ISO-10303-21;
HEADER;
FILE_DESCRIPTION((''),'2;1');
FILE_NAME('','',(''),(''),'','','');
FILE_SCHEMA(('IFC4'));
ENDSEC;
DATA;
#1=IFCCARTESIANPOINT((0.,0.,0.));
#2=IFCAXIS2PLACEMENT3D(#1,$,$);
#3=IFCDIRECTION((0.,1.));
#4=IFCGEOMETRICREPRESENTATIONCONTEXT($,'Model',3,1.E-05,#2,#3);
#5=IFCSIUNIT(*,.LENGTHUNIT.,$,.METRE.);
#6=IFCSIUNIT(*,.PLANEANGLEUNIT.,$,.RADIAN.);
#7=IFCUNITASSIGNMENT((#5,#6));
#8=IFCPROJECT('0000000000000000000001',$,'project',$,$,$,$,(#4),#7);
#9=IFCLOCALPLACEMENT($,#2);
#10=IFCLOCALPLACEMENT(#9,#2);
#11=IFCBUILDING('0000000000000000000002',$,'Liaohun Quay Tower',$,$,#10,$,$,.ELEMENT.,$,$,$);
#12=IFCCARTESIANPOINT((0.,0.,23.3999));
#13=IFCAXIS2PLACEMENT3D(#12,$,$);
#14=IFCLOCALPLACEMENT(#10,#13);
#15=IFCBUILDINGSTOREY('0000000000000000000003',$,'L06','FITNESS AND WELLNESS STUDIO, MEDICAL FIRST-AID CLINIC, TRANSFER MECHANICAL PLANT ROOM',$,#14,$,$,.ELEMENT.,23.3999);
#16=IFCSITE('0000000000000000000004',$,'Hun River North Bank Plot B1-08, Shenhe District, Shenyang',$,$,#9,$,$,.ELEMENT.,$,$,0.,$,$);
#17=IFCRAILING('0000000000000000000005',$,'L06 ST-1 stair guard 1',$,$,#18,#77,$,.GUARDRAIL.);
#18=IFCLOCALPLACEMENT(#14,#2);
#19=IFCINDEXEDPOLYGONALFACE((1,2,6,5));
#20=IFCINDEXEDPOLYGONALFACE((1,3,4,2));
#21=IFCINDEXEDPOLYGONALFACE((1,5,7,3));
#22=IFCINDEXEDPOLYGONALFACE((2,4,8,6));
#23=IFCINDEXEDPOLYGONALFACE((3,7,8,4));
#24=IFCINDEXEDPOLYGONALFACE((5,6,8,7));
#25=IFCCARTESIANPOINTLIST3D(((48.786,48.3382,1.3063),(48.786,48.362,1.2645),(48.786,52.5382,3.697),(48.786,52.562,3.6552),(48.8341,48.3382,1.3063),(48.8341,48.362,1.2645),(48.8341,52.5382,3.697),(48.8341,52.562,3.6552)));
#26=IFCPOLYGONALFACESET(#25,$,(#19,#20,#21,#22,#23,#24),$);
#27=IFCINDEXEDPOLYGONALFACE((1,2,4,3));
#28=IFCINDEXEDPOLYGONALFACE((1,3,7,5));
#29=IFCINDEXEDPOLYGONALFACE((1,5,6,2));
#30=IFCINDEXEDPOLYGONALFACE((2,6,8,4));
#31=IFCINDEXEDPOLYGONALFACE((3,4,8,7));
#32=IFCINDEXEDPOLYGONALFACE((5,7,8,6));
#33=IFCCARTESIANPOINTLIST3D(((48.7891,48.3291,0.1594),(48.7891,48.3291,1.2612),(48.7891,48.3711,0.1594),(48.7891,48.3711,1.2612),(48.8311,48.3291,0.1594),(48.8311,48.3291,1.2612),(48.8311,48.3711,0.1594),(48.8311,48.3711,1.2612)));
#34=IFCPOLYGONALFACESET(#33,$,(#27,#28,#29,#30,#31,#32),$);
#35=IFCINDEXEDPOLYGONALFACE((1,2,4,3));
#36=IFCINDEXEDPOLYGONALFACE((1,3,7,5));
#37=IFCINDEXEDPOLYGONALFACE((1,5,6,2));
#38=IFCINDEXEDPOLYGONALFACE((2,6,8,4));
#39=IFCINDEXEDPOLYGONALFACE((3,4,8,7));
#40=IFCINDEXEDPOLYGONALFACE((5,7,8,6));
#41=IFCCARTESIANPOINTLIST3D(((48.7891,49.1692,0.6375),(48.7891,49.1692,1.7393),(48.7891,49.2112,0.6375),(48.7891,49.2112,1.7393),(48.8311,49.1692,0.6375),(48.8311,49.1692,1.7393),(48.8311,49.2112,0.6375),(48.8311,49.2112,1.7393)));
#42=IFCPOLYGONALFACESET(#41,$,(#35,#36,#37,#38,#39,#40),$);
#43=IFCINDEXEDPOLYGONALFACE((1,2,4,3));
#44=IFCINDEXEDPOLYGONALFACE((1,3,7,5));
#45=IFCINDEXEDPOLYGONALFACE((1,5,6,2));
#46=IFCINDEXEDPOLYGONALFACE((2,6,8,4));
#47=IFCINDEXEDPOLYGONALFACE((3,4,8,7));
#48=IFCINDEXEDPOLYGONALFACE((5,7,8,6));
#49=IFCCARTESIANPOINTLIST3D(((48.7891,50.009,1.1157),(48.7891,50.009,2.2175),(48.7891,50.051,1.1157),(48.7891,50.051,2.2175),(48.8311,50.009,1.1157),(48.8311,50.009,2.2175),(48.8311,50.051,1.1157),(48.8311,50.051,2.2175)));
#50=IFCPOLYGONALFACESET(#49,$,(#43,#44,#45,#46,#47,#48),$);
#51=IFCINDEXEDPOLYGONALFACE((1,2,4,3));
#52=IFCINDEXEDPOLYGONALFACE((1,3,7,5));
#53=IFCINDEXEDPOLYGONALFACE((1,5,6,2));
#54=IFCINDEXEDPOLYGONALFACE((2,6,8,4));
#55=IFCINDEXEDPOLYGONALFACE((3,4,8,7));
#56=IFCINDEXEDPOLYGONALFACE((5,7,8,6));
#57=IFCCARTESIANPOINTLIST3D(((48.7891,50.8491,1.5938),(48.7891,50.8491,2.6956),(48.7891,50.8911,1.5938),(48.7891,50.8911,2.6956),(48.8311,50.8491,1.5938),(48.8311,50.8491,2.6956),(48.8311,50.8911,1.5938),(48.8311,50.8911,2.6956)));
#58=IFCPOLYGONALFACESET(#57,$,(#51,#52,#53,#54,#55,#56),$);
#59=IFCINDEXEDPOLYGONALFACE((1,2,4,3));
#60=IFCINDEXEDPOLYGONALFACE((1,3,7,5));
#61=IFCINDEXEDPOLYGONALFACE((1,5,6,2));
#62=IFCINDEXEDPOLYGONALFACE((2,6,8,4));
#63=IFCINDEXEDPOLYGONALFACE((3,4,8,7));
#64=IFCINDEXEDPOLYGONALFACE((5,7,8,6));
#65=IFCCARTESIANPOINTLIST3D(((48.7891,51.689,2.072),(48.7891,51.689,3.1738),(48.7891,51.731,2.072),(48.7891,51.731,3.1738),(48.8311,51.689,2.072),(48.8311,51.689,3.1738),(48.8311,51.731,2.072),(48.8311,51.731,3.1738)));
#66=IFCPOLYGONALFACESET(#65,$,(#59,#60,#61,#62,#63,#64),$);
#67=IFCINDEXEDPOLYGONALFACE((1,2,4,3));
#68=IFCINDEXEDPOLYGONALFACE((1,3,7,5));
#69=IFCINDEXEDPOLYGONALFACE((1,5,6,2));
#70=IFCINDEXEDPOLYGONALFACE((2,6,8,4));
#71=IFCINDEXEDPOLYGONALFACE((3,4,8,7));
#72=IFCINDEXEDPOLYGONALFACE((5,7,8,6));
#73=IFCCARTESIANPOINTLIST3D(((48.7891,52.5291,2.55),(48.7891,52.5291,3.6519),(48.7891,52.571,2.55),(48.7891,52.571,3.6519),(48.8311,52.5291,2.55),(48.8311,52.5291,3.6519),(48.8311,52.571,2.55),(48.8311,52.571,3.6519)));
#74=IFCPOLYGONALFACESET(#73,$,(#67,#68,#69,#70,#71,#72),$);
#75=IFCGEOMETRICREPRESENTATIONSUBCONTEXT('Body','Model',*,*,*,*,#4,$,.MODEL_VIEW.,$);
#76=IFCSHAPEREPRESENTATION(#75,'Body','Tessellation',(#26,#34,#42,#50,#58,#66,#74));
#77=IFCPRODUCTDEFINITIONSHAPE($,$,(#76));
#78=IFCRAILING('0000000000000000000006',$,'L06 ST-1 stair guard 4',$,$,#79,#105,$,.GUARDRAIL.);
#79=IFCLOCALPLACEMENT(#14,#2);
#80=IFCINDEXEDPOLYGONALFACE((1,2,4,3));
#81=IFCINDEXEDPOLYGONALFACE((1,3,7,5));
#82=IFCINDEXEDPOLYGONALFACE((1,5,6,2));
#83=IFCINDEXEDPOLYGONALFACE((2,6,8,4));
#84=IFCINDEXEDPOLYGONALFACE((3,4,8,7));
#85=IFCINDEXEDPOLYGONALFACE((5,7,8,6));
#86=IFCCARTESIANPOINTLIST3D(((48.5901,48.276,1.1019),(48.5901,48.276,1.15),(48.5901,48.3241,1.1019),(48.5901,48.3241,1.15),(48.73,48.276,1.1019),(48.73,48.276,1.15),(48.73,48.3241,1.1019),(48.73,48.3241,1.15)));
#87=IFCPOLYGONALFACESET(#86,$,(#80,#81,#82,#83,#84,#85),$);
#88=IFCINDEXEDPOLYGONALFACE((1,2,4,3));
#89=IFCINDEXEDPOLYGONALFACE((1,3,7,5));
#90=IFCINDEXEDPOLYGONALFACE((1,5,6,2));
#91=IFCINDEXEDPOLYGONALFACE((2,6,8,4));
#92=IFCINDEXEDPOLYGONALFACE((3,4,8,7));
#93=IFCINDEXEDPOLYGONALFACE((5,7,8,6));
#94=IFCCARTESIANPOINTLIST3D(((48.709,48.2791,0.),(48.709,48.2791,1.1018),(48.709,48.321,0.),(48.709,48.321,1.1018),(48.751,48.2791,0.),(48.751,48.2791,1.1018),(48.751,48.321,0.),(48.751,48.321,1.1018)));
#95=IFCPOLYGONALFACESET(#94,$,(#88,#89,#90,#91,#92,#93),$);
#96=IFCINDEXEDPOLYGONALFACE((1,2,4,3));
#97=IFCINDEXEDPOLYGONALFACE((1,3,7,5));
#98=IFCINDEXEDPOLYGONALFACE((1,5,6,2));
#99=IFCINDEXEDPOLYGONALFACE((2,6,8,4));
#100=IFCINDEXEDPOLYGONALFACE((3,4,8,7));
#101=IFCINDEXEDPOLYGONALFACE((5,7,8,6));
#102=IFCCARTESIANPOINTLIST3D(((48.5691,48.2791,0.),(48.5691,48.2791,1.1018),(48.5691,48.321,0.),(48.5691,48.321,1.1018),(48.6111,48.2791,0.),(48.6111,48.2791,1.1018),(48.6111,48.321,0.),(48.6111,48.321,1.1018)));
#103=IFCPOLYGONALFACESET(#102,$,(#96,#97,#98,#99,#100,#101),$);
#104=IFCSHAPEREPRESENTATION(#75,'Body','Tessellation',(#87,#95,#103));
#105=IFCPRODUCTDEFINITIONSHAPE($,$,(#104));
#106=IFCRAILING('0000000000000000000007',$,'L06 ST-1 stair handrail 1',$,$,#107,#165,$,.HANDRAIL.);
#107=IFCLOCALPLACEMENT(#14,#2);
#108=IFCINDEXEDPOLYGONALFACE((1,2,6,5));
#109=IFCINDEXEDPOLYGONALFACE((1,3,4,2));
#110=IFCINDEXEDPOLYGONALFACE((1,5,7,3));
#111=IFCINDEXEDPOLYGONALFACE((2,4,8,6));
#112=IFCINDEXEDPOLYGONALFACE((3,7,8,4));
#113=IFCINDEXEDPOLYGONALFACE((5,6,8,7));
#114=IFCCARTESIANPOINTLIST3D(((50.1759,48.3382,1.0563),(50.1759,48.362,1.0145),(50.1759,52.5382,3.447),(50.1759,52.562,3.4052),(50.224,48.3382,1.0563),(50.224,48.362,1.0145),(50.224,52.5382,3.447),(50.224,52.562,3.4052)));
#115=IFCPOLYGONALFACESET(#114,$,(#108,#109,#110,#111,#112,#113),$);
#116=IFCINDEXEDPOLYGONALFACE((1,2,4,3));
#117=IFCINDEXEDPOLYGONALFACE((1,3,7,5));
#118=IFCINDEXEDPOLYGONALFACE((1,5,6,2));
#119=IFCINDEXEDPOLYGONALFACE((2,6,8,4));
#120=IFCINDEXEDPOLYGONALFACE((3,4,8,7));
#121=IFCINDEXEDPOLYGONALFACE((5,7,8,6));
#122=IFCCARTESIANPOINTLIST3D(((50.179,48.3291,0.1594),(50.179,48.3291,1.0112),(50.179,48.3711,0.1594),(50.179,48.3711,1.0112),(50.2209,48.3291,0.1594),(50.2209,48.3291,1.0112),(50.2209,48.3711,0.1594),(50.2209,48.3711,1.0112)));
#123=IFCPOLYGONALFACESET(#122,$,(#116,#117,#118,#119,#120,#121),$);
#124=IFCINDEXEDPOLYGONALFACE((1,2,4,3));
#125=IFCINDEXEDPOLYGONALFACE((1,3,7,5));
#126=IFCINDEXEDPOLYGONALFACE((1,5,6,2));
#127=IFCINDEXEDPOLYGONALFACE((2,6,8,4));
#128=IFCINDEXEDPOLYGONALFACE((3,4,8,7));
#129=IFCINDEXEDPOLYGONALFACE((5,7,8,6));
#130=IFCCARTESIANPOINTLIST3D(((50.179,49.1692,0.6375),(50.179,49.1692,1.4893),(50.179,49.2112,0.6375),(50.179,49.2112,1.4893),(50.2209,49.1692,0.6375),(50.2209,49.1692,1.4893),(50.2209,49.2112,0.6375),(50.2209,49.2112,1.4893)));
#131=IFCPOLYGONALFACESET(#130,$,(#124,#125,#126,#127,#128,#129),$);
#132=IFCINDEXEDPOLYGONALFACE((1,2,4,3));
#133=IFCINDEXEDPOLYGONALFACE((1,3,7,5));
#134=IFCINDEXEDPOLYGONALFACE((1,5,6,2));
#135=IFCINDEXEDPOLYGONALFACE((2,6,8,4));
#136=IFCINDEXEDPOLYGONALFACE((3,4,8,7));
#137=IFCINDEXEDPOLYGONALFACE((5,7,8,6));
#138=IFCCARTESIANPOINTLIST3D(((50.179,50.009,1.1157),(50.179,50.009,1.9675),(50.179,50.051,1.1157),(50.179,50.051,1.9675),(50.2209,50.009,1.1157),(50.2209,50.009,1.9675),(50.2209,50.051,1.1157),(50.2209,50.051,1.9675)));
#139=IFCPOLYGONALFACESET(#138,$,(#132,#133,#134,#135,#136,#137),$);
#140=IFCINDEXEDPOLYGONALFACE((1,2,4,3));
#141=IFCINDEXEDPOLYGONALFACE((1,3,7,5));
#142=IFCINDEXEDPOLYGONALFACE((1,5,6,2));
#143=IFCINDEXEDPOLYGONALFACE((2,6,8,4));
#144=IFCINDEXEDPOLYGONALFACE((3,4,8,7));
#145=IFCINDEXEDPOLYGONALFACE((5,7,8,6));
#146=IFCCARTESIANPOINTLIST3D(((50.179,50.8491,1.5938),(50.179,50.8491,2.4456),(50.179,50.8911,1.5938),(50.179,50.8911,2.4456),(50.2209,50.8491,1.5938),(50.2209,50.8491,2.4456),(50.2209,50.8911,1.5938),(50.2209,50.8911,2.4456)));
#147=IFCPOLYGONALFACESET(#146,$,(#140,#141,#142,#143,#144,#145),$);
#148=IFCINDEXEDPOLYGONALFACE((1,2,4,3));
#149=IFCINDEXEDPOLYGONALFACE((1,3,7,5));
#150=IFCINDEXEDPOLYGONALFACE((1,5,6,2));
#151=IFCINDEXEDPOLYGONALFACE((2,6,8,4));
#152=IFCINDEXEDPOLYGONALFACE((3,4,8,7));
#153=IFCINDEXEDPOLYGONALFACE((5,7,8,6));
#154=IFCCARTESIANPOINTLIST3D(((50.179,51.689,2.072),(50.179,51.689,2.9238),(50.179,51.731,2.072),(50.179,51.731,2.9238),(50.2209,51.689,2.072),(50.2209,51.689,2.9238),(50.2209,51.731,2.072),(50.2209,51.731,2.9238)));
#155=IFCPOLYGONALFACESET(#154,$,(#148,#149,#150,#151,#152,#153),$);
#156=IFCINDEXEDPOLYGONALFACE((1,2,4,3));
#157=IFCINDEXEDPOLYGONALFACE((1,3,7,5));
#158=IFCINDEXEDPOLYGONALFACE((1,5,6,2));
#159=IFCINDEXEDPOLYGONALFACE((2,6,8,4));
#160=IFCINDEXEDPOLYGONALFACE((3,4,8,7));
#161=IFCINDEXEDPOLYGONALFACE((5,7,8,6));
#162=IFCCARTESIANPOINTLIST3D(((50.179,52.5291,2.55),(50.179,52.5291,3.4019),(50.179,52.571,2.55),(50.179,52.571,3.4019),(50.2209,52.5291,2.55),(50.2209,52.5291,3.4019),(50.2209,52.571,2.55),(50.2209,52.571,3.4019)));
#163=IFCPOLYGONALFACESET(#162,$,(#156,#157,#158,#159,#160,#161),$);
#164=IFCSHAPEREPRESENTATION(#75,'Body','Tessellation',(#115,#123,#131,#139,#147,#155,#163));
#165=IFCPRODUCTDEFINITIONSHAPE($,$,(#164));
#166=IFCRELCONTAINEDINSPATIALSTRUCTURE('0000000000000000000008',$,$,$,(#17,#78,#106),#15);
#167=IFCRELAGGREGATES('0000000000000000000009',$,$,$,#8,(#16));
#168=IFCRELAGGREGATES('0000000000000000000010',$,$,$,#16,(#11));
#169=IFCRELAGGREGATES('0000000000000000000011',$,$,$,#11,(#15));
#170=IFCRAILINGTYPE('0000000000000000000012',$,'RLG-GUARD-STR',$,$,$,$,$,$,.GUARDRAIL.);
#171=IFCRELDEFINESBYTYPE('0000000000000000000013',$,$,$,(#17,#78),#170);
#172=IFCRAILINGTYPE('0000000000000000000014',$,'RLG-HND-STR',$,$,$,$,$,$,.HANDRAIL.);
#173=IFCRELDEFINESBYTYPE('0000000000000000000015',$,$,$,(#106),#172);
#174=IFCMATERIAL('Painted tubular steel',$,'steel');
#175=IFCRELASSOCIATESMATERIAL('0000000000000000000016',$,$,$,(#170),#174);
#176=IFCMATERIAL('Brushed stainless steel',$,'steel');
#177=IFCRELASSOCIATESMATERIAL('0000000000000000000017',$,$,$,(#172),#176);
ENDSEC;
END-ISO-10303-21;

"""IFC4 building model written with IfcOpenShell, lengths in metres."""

from ifc_helpers import new_model, si_unit, direction, frame, origin, origin_2d, place, context, subcontext, project, spatial, rectangle, extrude, material, type_object, element, save


model = new_model("IFC4")

# Units and contexts
model_context = context("Model", 3, precision=1e-05, world=origin(), true_north=direction((0.0, 1.0)))
body_context = subcontext(model_context, "Body", "Model", "MODEL_VIEW")
ifc_project = project(units=[si_unit("LENGTHUNIT", "METRE"), si_unit("PLANEANGLEUNIT", "RADIAN")], contexts=[model_context])

# Site, building, storey
site_placement = place(None, origin())
site = spatial("IfcSite", under=ifc_project, at=site_placement, Name="Hun River North Bank Plot B1-08, Shenhe District, Shenyang", CompositionType="ELEMENT", RefElevation=0.0)
building_placement = place(site_placement, origin())
building = spatial("IfcBuilding", under=site, at=building_placement, Name="Liaohun Quay Tower", CompositionType="ELEMENT")
storey_placement = place(building_placement, frame((0.0, 0.0, 23.3999)))
storey = spatial("IfcBuildingStorey", under=building, at=storey_placement, Name="L06", Description="FITNESS AND WELLNESS STUDIO, MEDICAL FIRST-AID CLINIC, TRANSFER MECHANICAL PLANT ROOM", CompositionType="ELEMENT", Elevation=23.3999)

# Railings
ifc_material_1 = material(Name="Painted tubular steel", Category="steel")
railing_type_1 = type_object("IfcRailingType", Name="RLG-GUARD-STR", PredefinedType="GUARDRAIL", material=ifc_material_1)
railing_1_placement = place(storey_placement, frame((48.8101, 48.3501, 0.1594)))
element("IfcRailing", 1, at=railing_1_placement, inside=storey, type_object=railing_type_1, Name="L06 ST-1 stair guard 1", PredefinedType="GUARDRAIL", context=body_context, shape_type="SweptSolid", body=[
    extrude(rectangle(XDim=0.0481, YDim=0.0481, at=origin_2d()), frame((0.0, 0.0, 1.126), z_axis=(0.0, 0.869075, 0.49468), x_axis=(-1.0, 0.0, 0.0)), (0.0, 0.0, 1.0), 4.8328),
    extrude(rectangle(XDim=0.042, YDim=0.042, at=origin_2d()), origin(), (0.0, 0.0, 1.0), 1.1018),
    extrude(rectangle(XDim=0.042, YDim=0.042, at=origin_2d()), frame((0.0, 0.8401, 0.478)), (0.0, 0.0, 1.0), 1.1018),
    extrude(rectangle(XDim=0.042, YDim=0.042, at=origin_2d()), frame((0.0, 1.6799, 0.9563)), (0.0, 0.0, 1.0), 1.1018),
    extrude(rectangle(XDim=0.042, YDim=0.042, at=origin_2d()), frame((0.0, 2.52, 1.4343)), (0.0, 0.0, 1.0), 1.1018),
    extrude(rectangle(XDim=0.042, YDim=0.042, at=origin_2d()), frame((0.0, 3.3599, 1.9126)), (0.0, 0.0, 1.0), 1.1018),
    extrude(rectangle(XDim=0.042, YDim=0.042, at=origin_2d()), frame((0.0, 4.2, 2.3906)), (0.0, 0.0, 1.0), 1.1018),
])
railing_2_placement = place(storey_placement, frame((48.73, 48.3, 0.0)))
element("IfcRailing", 2, at=railing_2_placement, inside=storey, type_object=railing_type_1, Name="L06 ST-1 stair guard 4", PredefinedType="GUARDRAIL", context=body_context, shape_type="SweptSolid", body=[
    extrude(rectangle(XDim=0.0481, YDim=0.0481, at=origin_2d()), frame((0.0, 0.0, 1.126), z_axis=(-1.0, 0.0, 0.0), x_axis=(0.0, -1.0, 0.0)), (0.0, 0.0, 1.0), 0.1399),
    extrude(rectangle(XDim=0.042, YDim=0.042, at=origin_2d()), origin(), (0.0, 0.0, 1.0), 1.1018),
    extrude(rectangle(XDim=0.042, YDim=0.042, at=origin_2d()), frame((-0.1399, 0.0, 0.0)), (0.0, 0.0, 1.0), 1.1018),
])
ifc_material_2 = material(Name="Brushed stainless steel", Category="steel")
railing_type_2 = type_object("IfcRailingType", Name="RLG-HND-STR", PredefinedType="HANDRAIL", material=ifc_material_2)
railing_3_placement = place(storey_placement, frame((50.2, 48.3501, 0.1594)))
element("IfcRailing", 3, at=railing_3_placement, inside=storey, type_object=railing_type_2, Name="L06 ST-1 stair handrail 1", PredefinedType="HANDRAIL", context=body_context, shape_type="SweptSolid", body=[
    extrude(rectangle(XDim=0.0481, YDim=0.0481, at=origin_2d()), frame((0.0, 0.0, 0.876), z_axis=(0.0, 0.869075, 0.49468), x_axis=(-1.0, 0.0, 0.0)), (0.0, 0.0, 1.0), 4.8328),
    extrude(rectangle(XDim=0.042, YDim=0.042, at=origin_2d()), origin(), (0.0, 0.0, 1.0), 0.8518),
    extrude(rectangle(XDim=0.042, YDim=0.042, at=origin_2d()), frame((0.0, 0.8401, 0.478)), (0.0, 0.0, 1.0), 0.8518),
    extrude(rectangle(XDim=0.042, YDim=0.042, at=origin_2d()), frame((0.0, 1.6799, 0.9563)), (0.0, 0.0, 1.0), 0.8518),
    extrude(rectangle(XDim=0.042, YDim=0.042, at=origin_2d()), frame((0.0, 2.52, 1.4343)), (0.0, 0.0, 1.0), 0.8518),
    extrude(rectangle(XDim=0.042, YDim=0.042, at=origin_2d()), frame((0.0, 3.3599, 1.9126)), (0.0, 0.0, 1.0), 0.8518),
    extrude(rectangle(XDim=0.042, YDim=0.042, at=origin_2d()), frame((0.0, 4.2, 2.3906)), (0.0, 0.0, 1.0), 0.8518),
])

save(model, "model.ifc")
